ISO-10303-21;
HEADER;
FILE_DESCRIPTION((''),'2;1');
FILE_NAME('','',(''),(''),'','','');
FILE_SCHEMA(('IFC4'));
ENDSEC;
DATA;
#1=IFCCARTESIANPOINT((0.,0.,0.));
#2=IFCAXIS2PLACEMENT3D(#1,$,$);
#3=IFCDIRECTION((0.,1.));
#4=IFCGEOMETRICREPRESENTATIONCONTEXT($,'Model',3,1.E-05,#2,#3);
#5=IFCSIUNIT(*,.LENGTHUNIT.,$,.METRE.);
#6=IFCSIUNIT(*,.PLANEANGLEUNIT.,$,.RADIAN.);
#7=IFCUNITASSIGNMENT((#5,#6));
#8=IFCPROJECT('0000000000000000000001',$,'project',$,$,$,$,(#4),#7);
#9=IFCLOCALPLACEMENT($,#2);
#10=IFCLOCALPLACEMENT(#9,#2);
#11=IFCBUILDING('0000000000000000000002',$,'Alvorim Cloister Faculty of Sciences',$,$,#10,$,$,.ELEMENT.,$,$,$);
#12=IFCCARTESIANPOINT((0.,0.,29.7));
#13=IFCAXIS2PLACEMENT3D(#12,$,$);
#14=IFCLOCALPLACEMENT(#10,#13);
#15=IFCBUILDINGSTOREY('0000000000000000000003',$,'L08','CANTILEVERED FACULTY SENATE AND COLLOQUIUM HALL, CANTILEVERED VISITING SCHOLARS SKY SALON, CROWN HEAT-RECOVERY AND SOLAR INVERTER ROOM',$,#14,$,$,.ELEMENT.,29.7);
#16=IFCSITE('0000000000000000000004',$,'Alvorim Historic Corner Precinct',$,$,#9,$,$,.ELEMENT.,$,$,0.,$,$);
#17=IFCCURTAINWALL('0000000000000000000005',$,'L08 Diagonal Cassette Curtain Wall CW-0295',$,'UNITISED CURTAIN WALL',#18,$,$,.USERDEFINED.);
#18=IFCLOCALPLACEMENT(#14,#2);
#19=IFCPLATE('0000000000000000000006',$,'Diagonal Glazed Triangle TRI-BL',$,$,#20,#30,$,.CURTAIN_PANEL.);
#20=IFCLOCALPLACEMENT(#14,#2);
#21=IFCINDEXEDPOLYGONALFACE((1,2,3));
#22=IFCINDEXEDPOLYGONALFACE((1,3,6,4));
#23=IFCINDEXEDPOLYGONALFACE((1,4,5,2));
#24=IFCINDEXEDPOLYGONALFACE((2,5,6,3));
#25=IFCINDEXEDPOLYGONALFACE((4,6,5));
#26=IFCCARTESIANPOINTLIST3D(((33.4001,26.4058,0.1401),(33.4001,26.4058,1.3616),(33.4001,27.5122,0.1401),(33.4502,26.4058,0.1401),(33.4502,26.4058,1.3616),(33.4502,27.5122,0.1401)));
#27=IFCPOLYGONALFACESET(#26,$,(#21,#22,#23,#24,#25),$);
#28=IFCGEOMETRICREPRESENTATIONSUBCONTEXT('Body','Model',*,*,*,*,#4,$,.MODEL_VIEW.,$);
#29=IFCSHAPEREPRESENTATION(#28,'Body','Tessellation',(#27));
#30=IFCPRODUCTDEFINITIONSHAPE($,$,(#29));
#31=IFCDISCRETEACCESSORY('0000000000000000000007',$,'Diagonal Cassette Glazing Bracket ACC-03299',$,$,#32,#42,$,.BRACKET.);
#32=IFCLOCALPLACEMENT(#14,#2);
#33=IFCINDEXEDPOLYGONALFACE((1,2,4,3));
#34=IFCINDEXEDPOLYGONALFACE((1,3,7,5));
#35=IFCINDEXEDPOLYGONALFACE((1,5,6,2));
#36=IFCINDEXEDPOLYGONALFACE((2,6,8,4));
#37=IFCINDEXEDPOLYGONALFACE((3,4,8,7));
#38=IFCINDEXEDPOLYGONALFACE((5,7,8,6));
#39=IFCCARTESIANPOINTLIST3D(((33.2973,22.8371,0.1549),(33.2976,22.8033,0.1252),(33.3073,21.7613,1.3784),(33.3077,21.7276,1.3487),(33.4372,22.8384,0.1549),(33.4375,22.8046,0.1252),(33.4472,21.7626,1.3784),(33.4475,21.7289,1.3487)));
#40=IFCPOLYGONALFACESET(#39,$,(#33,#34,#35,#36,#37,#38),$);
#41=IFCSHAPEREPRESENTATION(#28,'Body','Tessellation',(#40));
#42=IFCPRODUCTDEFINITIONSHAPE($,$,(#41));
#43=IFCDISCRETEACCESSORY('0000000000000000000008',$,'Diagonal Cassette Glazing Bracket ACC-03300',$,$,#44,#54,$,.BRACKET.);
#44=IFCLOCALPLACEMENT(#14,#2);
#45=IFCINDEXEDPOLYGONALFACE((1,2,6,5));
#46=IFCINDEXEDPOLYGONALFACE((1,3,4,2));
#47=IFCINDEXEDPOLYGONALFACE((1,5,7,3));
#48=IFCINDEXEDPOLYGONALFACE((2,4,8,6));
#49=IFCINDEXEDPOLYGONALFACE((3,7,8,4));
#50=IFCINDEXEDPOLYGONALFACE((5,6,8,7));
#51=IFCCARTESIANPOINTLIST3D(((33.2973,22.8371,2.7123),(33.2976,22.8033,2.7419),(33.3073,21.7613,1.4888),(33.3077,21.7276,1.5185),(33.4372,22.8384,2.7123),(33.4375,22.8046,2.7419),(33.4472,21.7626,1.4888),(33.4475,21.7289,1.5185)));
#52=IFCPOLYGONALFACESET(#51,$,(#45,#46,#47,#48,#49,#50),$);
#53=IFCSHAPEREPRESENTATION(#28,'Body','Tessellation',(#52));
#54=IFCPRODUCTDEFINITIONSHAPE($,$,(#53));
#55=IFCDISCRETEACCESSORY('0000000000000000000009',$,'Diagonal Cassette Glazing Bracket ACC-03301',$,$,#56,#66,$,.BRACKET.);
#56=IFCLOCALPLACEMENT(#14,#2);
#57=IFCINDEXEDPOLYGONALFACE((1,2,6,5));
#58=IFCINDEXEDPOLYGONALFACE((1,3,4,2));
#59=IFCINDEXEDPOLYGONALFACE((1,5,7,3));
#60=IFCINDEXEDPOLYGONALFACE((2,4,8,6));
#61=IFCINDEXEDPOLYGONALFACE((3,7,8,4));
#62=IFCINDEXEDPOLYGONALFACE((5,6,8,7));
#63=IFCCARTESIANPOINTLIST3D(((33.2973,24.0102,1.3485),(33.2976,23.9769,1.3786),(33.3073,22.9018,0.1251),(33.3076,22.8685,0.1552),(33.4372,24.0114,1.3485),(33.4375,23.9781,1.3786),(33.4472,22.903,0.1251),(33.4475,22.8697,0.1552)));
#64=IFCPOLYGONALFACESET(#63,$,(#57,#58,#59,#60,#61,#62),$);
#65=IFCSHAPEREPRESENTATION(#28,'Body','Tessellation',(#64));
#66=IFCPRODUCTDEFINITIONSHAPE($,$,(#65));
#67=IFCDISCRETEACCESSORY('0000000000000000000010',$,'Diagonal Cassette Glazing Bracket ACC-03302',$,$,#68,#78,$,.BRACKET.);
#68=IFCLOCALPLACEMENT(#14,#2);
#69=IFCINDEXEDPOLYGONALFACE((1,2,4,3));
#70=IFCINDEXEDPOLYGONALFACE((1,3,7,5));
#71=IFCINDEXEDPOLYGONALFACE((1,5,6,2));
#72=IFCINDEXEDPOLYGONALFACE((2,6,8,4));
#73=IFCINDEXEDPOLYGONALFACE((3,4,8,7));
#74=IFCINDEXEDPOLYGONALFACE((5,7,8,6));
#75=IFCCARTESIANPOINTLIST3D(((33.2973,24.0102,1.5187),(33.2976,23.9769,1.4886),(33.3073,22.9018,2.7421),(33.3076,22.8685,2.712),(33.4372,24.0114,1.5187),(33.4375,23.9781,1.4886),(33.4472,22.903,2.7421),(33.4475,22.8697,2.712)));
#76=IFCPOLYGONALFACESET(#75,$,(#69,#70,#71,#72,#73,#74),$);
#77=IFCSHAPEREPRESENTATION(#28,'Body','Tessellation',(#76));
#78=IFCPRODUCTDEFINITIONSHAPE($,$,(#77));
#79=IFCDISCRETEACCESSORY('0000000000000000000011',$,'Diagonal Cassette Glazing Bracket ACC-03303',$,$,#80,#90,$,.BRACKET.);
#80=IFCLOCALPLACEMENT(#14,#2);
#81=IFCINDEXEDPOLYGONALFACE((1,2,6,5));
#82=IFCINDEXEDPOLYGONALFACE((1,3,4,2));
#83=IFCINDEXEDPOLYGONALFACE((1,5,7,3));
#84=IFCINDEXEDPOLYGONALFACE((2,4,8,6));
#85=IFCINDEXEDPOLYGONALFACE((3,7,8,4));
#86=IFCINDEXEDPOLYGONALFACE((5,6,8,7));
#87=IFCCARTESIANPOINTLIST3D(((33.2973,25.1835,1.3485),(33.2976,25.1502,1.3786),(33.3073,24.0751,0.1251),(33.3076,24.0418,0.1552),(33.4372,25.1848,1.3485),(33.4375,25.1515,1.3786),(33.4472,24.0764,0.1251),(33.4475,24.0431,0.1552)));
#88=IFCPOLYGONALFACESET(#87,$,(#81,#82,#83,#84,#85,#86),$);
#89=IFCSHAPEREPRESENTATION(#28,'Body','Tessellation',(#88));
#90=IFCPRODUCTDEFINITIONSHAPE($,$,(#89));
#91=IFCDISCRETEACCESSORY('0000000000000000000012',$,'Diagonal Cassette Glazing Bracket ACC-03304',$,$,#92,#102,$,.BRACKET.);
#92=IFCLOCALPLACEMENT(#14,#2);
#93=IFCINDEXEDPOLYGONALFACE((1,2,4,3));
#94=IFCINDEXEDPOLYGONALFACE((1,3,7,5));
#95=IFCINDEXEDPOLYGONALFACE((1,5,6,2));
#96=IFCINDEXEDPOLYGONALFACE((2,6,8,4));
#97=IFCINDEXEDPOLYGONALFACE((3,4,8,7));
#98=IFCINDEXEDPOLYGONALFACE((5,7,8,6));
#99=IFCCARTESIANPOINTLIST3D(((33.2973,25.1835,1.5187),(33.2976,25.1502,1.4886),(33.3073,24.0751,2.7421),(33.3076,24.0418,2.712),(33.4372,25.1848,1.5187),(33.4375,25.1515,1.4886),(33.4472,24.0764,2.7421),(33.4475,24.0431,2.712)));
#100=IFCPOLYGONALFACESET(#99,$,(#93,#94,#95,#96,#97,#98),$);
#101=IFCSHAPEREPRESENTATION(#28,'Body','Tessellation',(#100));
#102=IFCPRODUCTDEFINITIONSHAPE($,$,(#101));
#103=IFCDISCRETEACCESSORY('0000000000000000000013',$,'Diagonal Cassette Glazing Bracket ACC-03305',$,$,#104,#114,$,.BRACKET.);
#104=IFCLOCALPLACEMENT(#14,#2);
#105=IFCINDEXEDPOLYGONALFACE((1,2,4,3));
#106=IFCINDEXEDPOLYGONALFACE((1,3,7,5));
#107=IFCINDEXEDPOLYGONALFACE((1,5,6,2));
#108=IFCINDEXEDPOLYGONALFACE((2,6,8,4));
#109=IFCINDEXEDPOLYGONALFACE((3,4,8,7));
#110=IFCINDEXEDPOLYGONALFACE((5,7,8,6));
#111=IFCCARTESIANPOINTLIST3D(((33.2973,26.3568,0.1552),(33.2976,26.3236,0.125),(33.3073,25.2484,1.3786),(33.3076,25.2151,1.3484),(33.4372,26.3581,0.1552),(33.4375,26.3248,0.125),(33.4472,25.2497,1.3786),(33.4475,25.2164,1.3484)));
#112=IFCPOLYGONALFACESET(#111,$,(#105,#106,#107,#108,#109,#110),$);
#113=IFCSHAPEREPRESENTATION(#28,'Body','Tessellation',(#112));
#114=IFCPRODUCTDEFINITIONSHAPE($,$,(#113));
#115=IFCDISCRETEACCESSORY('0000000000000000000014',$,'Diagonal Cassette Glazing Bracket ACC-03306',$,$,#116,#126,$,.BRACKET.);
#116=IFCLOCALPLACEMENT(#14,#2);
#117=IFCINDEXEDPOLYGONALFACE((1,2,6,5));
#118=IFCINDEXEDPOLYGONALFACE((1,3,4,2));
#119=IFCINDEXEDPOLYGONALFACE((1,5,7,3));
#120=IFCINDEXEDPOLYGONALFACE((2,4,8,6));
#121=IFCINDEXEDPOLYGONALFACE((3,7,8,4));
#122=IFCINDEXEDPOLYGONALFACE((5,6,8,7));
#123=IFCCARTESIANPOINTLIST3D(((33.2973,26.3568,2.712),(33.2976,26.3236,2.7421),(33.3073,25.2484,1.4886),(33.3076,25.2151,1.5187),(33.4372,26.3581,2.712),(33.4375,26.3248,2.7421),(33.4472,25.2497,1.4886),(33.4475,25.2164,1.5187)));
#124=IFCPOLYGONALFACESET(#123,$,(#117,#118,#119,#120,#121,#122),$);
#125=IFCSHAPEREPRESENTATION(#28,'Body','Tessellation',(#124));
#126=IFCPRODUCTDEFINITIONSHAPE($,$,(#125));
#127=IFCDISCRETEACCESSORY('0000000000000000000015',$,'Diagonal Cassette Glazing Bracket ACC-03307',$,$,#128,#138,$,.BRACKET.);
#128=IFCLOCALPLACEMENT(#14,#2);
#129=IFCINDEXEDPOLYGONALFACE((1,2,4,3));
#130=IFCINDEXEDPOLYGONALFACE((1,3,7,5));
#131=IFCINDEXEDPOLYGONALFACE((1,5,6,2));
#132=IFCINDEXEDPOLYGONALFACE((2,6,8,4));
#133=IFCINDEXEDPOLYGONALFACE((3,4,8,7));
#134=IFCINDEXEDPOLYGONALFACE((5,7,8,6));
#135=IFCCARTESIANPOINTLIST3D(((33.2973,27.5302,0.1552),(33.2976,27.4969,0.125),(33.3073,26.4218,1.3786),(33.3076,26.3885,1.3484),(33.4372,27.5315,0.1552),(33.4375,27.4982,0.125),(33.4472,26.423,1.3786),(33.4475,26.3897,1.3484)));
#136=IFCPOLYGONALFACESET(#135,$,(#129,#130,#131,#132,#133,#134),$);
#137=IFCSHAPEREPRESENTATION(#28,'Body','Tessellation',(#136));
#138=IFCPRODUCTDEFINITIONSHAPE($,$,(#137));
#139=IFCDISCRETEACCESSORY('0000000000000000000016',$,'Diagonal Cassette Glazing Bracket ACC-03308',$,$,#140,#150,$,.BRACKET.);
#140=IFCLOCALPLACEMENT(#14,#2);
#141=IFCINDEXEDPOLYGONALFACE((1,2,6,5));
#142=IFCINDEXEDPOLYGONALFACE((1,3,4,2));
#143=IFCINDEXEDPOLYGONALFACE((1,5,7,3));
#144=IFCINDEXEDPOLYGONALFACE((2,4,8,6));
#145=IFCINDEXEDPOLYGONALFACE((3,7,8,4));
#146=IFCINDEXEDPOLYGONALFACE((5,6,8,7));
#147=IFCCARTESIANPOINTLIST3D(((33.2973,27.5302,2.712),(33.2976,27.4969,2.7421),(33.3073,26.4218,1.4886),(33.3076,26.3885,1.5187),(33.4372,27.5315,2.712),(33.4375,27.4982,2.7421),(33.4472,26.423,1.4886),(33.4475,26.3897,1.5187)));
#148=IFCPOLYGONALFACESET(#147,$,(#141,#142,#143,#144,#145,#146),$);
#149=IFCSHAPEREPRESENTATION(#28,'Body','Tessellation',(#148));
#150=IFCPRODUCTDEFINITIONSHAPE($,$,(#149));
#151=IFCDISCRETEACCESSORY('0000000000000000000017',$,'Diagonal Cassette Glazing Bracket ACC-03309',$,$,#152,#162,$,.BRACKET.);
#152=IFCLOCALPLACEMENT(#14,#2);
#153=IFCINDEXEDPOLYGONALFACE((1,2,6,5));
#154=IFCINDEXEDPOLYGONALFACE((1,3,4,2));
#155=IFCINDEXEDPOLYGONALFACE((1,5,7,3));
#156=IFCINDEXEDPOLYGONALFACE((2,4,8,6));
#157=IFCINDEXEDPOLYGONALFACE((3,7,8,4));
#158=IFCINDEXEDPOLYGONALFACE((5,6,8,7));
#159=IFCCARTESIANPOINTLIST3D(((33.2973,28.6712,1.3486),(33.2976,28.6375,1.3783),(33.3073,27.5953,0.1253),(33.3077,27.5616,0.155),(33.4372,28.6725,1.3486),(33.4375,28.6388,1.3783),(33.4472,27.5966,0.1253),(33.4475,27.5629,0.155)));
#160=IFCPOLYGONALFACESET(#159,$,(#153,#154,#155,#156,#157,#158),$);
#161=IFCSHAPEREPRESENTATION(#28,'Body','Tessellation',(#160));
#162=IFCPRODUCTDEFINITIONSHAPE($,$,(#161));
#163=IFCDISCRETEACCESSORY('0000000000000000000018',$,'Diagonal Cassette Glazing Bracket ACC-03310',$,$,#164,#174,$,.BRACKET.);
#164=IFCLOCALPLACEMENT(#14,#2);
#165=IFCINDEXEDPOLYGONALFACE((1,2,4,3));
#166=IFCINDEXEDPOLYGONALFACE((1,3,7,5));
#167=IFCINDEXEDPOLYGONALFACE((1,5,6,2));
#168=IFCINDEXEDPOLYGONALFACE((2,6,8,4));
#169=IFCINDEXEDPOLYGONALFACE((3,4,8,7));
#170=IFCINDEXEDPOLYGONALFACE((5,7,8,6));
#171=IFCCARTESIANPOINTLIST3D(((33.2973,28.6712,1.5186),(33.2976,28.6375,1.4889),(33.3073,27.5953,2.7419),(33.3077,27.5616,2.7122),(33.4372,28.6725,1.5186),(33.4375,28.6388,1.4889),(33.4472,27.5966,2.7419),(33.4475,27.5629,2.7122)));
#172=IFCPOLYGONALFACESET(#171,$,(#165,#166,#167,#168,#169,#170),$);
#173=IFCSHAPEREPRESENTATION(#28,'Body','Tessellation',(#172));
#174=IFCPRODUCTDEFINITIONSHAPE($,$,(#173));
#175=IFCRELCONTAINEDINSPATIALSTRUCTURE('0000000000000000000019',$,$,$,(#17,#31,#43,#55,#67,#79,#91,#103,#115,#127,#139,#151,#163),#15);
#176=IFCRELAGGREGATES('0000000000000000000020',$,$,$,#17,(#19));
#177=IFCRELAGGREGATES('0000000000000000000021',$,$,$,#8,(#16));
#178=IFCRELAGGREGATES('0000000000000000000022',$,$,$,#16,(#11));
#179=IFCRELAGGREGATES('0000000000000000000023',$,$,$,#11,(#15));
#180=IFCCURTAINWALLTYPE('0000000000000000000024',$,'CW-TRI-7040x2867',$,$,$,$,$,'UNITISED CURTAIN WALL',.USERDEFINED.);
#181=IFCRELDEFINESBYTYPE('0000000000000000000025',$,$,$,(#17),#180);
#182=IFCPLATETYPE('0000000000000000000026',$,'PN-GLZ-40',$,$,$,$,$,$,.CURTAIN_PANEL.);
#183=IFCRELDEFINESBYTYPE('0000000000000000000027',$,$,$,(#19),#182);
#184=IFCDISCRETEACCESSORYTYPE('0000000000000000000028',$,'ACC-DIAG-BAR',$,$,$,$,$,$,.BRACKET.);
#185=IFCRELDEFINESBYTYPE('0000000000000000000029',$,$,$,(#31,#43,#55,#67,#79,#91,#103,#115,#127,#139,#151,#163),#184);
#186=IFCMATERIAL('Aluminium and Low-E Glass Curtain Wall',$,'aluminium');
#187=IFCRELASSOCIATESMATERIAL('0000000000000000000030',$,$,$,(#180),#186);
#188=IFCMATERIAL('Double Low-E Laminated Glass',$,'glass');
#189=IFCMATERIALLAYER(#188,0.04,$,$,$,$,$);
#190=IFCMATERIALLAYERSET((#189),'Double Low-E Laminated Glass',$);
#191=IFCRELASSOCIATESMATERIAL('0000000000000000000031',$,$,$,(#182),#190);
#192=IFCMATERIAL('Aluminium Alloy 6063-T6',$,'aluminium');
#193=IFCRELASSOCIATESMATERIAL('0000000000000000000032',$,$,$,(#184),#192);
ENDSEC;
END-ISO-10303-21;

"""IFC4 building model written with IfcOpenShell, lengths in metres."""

from ifc_helpers import new_model, si_unit, direction, frame, origin, origin_2d, place, context, subcontext, project, spatial, polyline, rectangle, outline, extrude, material, layer, layer_set, type_object, element, aggregate, save


model = new_model("IFC4")

# Units and contexts
model_context = context("Model", 3, precision=1e-05, world=origin(), true_north=direction((0.0, 1.0)))
body_context = subcontext(model_context, "Body", "Model", "MODEL_VIEW")
ifc_project = project(units=[si_unit("LENGTHUNIT", "METRE"), si_unit("PLANEANGLEUNIT", "RADIAN")], contexts=[model_context])

# Site, building, storey
site_placement = place(None, origin())
site = spatial("IfcSite", under=ifc_project, at=site_placement, Name="Alvorim Historic Corner Precinct", CompositionType="ELEMENT", RefElevation=0.0)
building_placement = place(site_placement, origin())
building = spatial("IfcBuilding", under=site, at=building_placement, Name="Alvorim Cloister Faculty of Sciences", CompositionType="ELEMENT")
storey_placement = place(building_placement, frame((0.0, 0.0, 29.7)))
storey = spatial("IfcBuildingStorey", under=building, at=storey_placement, Name="L08", Description="CANTILEVERED FACULTY SENATE AND COLLOQUIUM HALL, CANTILEVERED VISITING SCHOLARS SKY SALON, CROWN HEAT-RECOVERY AND SOLAR INVERTER ROOM", CompositionType="ELEMENT", Elevation=29.7)

# Curtain wall, plate
ifc_material_1 = material(Name="Aluminium and Low-E Glass Curtain Wall", Category="aluminium")
curtain_wall_type = type_object("IfcCurtainWallType", Name="CW-TRI-7040x2867", ElementType="UNITISED CURTAIN WALL", PredefinedType="USERDEFINED", material=ifc_material_1)
curtain_wall_placement = place(storey_placement, origin())
curtain_wall = element("IfcCurtainWall", 1, at=curtain_wall_placement, inside=storey, type_object=curtain_wall_type, Name="L08 Diagonal Cassette Curtain Wall CW-0295", ObjectType="UNITISED CURTAIN WALL", PredefinedType="USERDEFINED")
ifc_material_2 = material(Name="Aluminium Alloy 6063-T6", Category="aluminium")
ifc_material_3 = material(Name="Double Low-E Laminated Glass", Category="glass")
ifc_layer = layer(ifc_material_3, 0.04)
ifc_layer_set = layer_set([ifc_layer], Name="Double Low-E Laminated Glass")
plate_type = type_object("IfcPlateType", Name="PN-GLZ-40", PredefinedType="CURTAIN_PANEL", material=ifc_layer_set)
plate_1_placement = place(storey_placement, frame((33.425, 26.4058, 0.1401), z_axis=(0.0, 0.0, 1.0), x_axis=(0.0, 1.0, 0.0)))
plate_1 = element("IfcPlate", 2, at=plate_1_placement, type_object=plate_type, Name="Diagonal Glazed Triangle TRI-BL", PredefinedType="CURTAIN_PANEL", context=body_context, shape_type="SweptSolid", body=[
    extrude(outline(polyline([(0.0, 0.0), (1.1064, 0.0), (0.0, 1.2214), (0.0, 0.0)])), frame((0.0, 0.0249, 0.0), z_axis=(0.0, -1.0, 0.0), x_axis=(1.0, 0.0, 0.0)), (0.0, 0.0, 1.0), 0.05),
])
aggregate(curtain_wall, [plate_1])

# Discrete accessories
discrete_accessory_type = type_object("IfcDiscreteAccessoryType", Name="ACC-DIAG-BAR", PredefinedType="BRACKET", material=ifc_material_2)
for number, where, z_axis, x_axis, name in (
    (3, (33.3774, 21.7451, 1.3635), (-0.006144, 0.660305, -0.750973), (-0.999957, -0.009305, 0.0), "Diagonal Cassette Glazing Bracket ACC-03299"),
    (4, (33.3774, 21.7451, 1.5037), (-0.006144, 0.660305, 0.750973), (-0.999957, -0.009305, 0.0), "Diagonal Cassette Glazing Bracket ACC-03300"),
):
    element("IfcDiscreteAccessory", number, at=place(storey_placement, frame(where, z_axis=z_axis, x_axis=x_axis)), inside=storey, type_object=discrete_accessory_type, Name=name, PredefinedType="BRACKET", context=body_context, shape_type="SweptSolid", body=[
        extrude(rectangle(XDim=0.1399, YDim=0.0449, at=origin_2d()), origin(), (0.0, 0.0, 1.0), 1.6292),
    ])
for number, where, z_axis, x_axis, name in (
    (5, (33.3774, 22.8857, 0.1401), (-0.006063, 0.671408, 0.741063), (-0.999959, -0.00903, 0.0), "Diagonal Cassette Glazing Bracket ACC-03301"),
    (6, (33.3774, 22.8857, 2.7271), (-0.006063, 0.671408, -0.741063), (-0.999959, -0.00903, 0.0), "Diagonal Cassette Glazing Bracket ACC-03302"),
    (7, (33.3774, 24.0591, 0.1401), (-0.006063, 0.671408, 0.741063), (-0.999959, -0.00903, 0.0), "Diagonal Cassette Glazing Bracket ACC-03303"),
    (8, (33.3774, 24.0591, 2.7271), (-0.006063, 0.671408, -0.741063), (-0.999959, -0.00903, 0.0), "Diagonal Cassette Glazing Bracket ACC-03304"),
    (9, (33.3774, 25.2324, 1.3635), (-0.006063, 0.671408, -0.741063), (-0.999959, -0.00903, 0.0), "Diagonal Cassette Glazing Bracket ACC-03305"),
    (10, (33.3774, 25.2324, 1.5037), (-0.006063, 0.671408, 0.741063), (-0.999959, -0.00903, 0.0), "Diagonal Cassette Glazing Bracket ACC-03306"),
    (11, (33.3774, 26.4058, 1.3635), (-0.006063, 0.671408, -0.741063), (-0.999959, -0.00903, 0.0), "Diagonal Cassette Glazing Bracket ACC-03307"),
    (12, (33.3774, 26.4058, 1.5037), (-0.006063, 0.671408, 0.741063), (-0.999959, -0.00903, 0.0), "Diagonal Cassette Glazing Bracket ACC-03308"),
):
    element("IfcDiscreteAccessory", number, at=place(storey_placement, frame(where, z_axis=z_axis, x_axis=x_axis)), inside=storey, type_object=discrete_accessory_type, Name=name, PredefinedType="BRACKET", context=body_context, shape_type="SweptSolid", body=[
        extrude(rectangle(XDim=0.1399, YDim=0.0449, at=origin_2d()), origin(), (0.0, 0.0, 1.0), 1.6509),
    ])
for number, where, z_axis, x_axis, name in (
    (13, (33.3774, 27.5791, 0.1401), (-0.006144, 0.660389, 0.750898), (-0.999957, -0.009303, 0.0), "Diagonal Cassette Glazing Bracket ACC-03309"),
    (14, (33.3774, 27.5791, 2.7271), (-0.006144, 0.660389, -0.750898), (-0.999957, -0.009303, 0.0), "Diagonal Cassette Glazing Bracket ACC-03310"),
):
    element("IfcDiscreteAccessory", number, at=place(storey_placement, frame(where, z_axis=z_axis, x_axis=x_axis)), inside=storey, type_object=discrete_accessory_type, Name=name, PredefinedType="BRACKET", context=body_context, shape_type="SweptSolid", body=[
        extrude(rectangle(XDim=0.1399, YDim=0.0449, at=origin_2d()), origin(), (0.0, 0.0, 1.0), 1.6292),
    ])

save(model, "model.ifc")
